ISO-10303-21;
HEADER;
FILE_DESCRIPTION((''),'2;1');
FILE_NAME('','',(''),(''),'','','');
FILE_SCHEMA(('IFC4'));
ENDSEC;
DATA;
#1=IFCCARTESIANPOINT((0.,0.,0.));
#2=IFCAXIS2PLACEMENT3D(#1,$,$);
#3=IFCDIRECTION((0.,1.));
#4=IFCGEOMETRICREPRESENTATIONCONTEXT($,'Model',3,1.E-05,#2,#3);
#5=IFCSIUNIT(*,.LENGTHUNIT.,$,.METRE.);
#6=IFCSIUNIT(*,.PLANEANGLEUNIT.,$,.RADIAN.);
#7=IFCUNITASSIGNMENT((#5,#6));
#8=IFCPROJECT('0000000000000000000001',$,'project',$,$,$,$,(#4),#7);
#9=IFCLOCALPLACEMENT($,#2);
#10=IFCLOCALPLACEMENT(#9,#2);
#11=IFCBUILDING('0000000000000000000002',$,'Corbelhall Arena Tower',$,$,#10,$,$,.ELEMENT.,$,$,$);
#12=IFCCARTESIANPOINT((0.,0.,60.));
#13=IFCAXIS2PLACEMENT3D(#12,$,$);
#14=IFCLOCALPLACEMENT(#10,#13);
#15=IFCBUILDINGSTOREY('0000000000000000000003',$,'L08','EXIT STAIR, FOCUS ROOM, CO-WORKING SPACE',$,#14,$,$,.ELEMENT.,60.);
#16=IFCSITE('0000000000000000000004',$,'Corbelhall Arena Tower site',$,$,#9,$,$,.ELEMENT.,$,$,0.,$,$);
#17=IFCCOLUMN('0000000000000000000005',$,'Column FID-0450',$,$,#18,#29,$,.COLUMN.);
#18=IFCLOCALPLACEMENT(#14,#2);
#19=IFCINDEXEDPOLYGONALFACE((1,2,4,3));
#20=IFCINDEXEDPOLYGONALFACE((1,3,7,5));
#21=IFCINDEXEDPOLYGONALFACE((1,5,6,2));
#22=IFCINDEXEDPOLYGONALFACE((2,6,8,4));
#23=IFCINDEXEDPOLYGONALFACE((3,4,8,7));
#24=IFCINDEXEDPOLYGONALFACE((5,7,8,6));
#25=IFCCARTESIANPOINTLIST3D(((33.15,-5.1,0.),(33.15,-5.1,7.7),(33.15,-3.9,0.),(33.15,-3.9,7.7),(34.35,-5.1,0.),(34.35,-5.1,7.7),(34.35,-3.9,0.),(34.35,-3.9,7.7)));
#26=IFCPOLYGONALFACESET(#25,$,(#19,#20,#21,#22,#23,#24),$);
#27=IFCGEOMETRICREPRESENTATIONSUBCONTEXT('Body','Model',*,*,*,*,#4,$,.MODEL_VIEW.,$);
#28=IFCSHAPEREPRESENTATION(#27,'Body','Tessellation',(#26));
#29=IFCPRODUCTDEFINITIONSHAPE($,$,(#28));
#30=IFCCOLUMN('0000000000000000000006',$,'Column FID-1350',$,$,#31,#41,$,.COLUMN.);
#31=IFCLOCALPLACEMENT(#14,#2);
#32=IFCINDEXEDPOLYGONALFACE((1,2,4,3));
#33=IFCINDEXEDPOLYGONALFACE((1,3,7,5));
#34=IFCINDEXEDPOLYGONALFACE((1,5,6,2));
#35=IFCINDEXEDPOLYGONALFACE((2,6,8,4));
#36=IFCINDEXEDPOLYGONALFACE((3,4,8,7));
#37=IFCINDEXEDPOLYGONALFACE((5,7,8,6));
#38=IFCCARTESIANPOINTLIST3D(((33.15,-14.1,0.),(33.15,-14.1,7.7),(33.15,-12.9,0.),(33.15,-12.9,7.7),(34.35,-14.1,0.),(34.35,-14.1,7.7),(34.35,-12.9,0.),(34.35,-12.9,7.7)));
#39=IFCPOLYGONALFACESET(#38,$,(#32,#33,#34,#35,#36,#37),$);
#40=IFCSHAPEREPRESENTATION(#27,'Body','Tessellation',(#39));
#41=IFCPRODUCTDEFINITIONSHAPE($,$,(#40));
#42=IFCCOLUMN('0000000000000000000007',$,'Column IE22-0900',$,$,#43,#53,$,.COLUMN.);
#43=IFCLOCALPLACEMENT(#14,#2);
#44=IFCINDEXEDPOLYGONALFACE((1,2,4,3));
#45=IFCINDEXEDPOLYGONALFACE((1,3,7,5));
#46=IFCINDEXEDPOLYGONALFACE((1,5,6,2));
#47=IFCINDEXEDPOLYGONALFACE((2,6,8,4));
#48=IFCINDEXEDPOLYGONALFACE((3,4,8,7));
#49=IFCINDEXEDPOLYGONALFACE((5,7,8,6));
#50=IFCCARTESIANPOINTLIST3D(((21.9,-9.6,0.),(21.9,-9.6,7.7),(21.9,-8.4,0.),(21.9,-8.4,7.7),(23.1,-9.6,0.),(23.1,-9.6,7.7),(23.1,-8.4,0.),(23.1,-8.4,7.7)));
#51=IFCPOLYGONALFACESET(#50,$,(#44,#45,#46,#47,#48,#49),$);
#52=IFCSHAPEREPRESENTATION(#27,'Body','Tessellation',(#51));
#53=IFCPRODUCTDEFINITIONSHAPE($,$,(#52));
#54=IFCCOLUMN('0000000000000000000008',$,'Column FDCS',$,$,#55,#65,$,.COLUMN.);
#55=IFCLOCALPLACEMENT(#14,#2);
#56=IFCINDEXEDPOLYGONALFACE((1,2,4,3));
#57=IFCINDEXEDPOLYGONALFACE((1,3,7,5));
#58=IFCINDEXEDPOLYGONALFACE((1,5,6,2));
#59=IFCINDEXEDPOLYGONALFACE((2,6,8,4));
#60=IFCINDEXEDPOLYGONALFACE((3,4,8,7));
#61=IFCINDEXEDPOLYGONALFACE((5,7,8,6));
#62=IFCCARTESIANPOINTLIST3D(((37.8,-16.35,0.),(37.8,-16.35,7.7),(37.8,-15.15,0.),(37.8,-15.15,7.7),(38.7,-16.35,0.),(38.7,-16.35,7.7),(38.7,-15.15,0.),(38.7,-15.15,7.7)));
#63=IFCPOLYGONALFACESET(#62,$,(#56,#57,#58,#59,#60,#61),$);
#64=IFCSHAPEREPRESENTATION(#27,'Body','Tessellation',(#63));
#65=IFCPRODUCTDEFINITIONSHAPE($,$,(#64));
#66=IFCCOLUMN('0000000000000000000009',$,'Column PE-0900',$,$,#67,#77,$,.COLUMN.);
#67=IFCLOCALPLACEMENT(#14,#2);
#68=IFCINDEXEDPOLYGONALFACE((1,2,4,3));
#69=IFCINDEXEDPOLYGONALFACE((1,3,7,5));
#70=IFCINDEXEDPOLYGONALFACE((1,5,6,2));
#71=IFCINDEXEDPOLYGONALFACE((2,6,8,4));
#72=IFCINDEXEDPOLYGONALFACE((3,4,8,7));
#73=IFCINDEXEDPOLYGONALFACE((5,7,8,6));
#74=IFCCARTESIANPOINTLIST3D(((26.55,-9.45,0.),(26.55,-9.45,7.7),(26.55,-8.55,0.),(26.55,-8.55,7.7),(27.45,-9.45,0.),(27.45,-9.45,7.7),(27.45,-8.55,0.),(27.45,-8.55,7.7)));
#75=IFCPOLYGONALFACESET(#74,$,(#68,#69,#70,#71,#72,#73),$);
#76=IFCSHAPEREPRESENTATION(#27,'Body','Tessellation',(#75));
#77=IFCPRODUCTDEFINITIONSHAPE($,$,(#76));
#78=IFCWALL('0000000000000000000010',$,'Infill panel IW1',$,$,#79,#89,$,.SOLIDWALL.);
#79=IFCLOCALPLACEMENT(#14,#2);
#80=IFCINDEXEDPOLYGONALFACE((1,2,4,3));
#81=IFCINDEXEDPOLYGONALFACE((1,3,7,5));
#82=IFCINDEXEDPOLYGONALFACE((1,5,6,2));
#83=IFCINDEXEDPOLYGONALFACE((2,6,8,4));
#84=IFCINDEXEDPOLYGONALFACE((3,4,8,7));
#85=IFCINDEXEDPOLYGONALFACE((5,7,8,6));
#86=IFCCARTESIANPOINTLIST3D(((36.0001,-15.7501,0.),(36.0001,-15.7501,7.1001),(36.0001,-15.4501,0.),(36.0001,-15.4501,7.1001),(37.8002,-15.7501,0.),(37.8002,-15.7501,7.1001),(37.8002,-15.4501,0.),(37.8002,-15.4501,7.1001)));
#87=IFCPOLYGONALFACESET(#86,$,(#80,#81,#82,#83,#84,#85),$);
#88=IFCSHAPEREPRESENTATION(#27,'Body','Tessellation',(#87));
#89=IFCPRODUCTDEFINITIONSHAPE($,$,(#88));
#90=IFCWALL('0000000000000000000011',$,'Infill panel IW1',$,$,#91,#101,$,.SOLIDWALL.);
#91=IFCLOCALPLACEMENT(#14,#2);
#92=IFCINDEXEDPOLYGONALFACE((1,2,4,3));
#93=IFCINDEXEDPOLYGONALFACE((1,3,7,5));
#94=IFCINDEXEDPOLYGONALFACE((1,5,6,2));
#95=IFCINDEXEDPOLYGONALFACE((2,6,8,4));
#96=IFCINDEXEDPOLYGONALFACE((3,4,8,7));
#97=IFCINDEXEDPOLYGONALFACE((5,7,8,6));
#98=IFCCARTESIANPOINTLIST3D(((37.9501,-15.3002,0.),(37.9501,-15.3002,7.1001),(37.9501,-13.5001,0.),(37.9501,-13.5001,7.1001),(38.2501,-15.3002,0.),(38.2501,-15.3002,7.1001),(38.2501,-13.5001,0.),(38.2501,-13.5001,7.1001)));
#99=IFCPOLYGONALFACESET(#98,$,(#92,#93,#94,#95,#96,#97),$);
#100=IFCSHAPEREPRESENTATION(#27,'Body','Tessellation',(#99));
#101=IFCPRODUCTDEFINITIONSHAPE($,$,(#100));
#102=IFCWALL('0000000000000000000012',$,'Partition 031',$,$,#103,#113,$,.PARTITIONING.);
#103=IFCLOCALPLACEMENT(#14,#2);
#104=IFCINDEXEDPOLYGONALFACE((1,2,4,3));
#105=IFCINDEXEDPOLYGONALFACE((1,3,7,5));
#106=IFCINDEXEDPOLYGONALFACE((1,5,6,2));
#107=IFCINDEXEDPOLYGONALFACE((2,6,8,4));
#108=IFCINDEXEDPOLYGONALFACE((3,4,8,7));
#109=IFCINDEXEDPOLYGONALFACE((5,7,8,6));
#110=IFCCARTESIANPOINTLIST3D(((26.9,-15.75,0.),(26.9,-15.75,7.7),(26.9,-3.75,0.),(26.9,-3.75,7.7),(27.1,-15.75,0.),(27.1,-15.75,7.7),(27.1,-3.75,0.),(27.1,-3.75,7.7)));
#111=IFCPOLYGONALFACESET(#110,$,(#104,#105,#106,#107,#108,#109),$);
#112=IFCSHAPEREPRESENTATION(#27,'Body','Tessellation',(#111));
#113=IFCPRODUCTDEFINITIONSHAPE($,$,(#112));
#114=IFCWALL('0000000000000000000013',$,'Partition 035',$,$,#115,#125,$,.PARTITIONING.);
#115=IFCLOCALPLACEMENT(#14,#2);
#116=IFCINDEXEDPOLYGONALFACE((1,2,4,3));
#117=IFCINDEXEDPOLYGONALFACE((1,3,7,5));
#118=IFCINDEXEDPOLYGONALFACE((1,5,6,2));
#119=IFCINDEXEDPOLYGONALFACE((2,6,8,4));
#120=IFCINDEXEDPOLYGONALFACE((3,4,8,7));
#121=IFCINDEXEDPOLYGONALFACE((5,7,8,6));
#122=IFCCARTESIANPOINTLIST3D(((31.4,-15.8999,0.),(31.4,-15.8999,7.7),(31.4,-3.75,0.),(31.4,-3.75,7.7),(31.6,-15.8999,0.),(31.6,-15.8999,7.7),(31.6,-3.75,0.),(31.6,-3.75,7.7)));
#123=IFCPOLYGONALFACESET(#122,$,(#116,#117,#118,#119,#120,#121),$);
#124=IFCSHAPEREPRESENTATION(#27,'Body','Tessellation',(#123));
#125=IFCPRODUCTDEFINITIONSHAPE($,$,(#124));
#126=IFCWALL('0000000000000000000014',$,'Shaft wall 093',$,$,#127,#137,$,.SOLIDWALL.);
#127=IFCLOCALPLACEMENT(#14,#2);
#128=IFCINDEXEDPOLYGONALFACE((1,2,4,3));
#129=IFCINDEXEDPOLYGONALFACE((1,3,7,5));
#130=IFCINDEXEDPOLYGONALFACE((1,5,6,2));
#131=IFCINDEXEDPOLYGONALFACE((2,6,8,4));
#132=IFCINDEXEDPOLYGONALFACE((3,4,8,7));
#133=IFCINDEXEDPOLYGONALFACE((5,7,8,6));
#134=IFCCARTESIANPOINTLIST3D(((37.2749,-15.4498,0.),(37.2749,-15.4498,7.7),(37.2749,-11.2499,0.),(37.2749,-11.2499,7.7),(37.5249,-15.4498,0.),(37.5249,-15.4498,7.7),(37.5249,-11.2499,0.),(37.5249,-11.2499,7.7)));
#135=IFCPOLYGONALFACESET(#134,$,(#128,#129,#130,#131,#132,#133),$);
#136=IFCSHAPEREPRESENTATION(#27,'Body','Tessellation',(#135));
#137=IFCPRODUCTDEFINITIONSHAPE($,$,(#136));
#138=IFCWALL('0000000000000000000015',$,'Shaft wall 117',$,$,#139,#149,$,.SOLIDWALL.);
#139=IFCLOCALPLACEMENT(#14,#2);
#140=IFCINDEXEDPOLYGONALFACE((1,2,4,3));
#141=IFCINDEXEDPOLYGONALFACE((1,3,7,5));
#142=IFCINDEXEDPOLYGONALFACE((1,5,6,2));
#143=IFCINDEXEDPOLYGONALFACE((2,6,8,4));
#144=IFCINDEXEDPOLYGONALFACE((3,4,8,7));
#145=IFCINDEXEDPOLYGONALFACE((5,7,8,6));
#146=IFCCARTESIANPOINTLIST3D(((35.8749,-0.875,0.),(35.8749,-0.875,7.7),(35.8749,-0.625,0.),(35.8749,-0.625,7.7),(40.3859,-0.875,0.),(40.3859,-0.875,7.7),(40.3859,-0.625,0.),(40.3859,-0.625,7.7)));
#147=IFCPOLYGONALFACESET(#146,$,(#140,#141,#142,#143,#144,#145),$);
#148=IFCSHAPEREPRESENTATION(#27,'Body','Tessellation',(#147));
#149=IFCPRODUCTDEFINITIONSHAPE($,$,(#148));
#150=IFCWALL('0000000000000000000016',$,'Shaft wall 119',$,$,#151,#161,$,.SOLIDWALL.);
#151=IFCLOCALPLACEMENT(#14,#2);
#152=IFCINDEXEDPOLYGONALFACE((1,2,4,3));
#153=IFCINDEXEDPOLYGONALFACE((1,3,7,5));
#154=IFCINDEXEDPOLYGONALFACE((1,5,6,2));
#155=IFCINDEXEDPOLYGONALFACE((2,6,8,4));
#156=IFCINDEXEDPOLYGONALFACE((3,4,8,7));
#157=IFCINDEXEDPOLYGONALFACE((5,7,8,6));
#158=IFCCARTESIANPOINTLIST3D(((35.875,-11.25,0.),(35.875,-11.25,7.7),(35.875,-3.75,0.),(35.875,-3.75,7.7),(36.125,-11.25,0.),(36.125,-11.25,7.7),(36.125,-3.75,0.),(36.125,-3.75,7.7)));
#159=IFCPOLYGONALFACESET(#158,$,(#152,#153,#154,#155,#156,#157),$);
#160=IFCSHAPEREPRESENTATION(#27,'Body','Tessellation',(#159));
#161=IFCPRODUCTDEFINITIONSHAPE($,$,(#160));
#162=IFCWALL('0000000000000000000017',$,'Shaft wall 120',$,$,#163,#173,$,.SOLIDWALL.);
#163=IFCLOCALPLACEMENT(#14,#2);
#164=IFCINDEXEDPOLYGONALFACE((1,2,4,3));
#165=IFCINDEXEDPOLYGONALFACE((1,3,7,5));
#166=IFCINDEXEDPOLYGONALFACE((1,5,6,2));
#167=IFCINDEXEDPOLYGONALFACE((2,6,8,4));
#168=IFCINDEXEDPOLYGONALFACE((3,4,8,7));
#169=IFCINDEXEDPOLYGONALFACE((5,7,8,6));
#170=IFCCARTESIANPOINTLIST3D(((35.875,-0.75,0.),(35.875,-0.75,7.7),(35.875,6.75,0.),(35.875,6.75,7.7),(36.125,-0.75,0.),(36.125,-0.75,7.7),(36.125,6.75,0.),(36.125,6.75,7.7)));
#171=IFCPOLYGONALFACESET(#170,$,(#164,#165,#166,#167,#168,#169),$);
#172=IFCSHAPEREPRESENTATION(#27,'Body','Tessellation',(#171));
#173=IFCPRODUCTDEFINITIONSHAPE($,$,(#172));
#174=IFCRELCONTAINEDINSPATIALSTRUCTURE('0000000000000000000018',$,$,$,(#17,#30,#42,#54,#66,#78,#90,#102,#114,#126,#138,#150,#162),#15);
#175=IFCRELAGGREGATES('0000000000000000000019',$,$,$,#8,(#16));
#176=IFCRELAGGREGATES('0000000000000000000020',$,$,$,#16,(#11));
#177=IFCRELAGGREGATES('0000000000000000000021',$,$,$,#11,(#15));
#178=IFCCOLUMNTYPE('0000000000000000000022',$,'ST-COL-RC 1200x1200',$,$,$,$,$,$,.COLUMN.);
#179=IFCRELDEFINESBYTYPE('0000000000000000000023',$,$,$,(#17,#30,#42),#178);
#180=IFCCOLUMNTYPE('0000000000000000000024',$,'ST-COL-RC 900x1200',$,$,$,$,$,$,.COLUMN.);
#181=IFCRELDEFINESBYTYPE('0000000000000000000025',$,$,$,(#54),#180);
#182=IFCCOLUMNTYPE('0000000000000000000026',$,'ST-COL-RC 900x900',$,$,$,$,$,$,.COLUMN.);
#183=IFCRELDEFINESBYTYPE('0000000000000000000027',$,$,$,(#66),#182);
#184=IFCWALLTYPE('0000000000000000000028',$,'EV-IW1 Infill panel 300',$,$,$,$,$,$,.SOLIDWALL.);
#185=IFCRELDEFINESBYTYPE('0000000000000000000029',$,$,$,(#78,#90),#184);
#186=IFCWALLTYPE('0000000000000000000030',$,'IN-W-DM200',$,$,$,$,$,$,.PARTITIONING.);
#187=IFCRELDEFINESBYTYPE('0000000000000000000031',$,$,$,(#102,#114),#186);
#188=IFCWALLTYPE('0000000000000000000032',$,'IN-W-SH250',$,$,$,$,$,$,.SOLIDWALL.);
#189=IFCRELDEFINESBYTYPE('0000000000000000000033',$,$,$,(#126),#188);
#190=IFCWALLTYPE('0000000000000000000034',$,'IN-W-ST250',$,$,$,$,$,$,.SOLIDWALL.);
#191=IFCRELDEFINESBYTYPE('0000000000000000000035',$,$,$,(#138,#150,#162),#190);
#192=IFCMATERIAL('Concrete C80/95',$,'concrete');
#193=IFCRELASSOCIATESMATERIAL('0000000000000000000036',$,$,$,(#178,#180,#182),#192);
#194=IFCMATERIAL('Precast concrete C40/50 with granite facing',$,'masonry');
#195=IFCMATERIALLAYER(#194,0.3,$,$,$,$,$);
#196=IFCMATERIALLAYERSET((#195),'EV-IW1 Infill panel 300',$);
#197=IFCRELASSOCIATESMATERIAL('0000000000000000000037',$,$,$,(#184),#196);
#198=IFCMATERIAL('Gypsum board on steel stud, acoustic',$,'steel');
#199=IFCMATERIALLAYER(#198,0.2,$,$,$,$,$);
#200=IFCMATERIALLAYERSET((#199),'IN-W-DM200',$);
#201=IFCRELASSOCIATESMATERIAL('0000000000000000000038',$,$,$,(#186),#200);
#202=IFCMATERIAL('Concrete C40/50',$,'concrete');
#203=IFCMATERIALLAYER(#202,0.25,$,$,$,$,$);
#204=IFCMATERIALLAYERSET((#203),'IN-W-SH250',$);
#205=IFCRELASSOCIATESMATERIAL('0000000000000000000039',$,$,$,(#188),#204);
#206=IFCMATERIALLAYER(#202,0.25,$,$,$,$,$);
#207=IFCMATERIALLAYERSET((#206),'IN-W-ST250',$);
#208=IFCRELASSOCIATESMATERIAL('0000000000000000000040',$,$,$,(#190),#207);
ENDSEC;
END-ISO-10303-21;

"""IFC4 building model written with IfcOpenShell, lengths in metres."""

from ifc_helpers import new_model, si_unit, direction, frame, frame_2d, origin, origin_2d, place, context, subcontext, project, spatial, rectangle, extrude, material, layer, layer_set, material_profile, profile_set, type_object, element, save


model = new_model("IFC4")

# Units and contexts
model_context = context("Model", 3, precision=1e-05, world=origin(), true_north=direction((0.0, 1.0)))
body_context = subcontext(model_context, "Body", "Model", "MODEL_VIEW")
ifc_project = project(units=[si_unit("LENGTHUNIT", "METRE"), si_unit("PLANEANGLEUNIT", "RADIAN")], contexts=[model_context])

# Site, building, storey
site_placement = place(None, origin())
site = spatial("IfcSite", under=ifc_project, at=site_placement, Name="Corbelhall Arena Tower site", CompositionType="ELEMENT", RefElevation=0.0)
building_placement = place(site_placement, origin())
building = spatial("IfcBuilding", under=site, at=building_placement, Name="Corbelhall Arena Tower", CompositionType="ELEMENT")
storey_placement = place(building_placement, frame((0.0, 0.0, 60.0)))
storey = spatial("IfcBuildingStorey", under=building, at=storey_placement, Name="L08", Description="EXIT STAIR, FOCUS ROOM, CO-WORKING SPACE", CompositionType="ELEMENT", Elevation=60.0)

# Columns
ifc_material_1 = material(Name="Concrete C80/95", Category="concrete")
ifc_material_profile_1 = material_profile(ifc_material_1, rectangle(XDim=1.2, YDim=1.2, at=origin_2d()))
ifc_profile_set_1 = profile_set([ifc_material_profile_1], Name="Concrete C80/95")
column_type_1 = type_object("IfcColumnType", Name="ST-COL-RC 1200x1200", PredefinedType="COLUMN", material=ifc_profile_set_1)
for number, where, z_axis, x_axis, name in (
    (1, (33.75, -4.5, 0.0), (0.0, 0.0, 1.0), (1.0, 0.0, 0.0), "Column FID-0450"),
    (2, (33.75, -13.5, 0.0), (0.0, 0.0, 1.0), (1.0, 0.0, 0.0), "Column FID-1350"),
    (3, (22.5, -9.0, 0.0), (0.0, 0.0, 1.0), (1.0, 0.0, 0.0), "Column IE22-0900"),
):
    element("IfcColumn", number, at=place(storey_placement, frame(where, z_axis=z_axis, x_axis=x_axis)), inside=storey, type_object=column_type_1, Name=name, PredefinedType="COLUMN", context=body_context, shape_type="SweptSolid", body=[
        extrude(rectangle(XDim=1.2, YDim=1.2, at=origin_2d()), origin(), (0.0, 0.0, 1.0), 7.7),
    ])
ifc_material_profile_2 = material_profile(ifc_material_1, rectangle(XDim=0.8999, YDim=1.2, at=origin_2d()))
ifc_profile_set_2 = profile_set([ifc_material_profile_2], Name="Concrete C80/95")
column_type_2 = type_object("IfcColumnType", Name="ST-COL-RC 900x1200", PredefinedType="COLUMN", material=ifc_profile_set_2)
column_1_placement = place(storey_placement, frame((38.25, -15.75, 0.0), z_axis=(0.0, 0.0, 1.0), x_axis=(1.0, 0.0, 0.0)))
element("IfcColumn", 4, at=column_1_placement, inside=storey, type_object=column_type_2, Name="Column FDCS", PredefinedType="COLUMN", context=body_context, shape_type="SweptSolid", body=[
    extrude(rectangle(XDim=0.8999, YDim=1.2, at=origin_2d()), origin(), (0.0, 0.0, 1.0), 7.7),
])
ifc_material_profile_3 = material_profile(ifc_material_1, rectangle(XDim=0.8999, YDim=0.8999, at=origin_2d()))
ifc_profile_set_3 = profile_set([ifc_material_profile_3], Name="Concrete C80/95")
column_type_3 = type_object("IfcColumnType", Name="ST-COL-RC 900x900", PredefinedType="COLUMN", material=ifc_profile_set_3)
column_2_placement = place(storey_placement, frame((27.0, -9.0, 0.0), z_axis=(0.0, 0.0, 1.0), x_axis=(1.0, 0.0, 0.0)))
element("IfcColumn", 5, at=column_2_placement, inside=storey, type_object=column_type_3, Name="Column PE-0900", PredefinedType="COLUMN", context=body_context, shape_type="SweptSolid", body=[
    extrude(rectangle(XDim=0.8999, YDim=0.8999, at=origin_2d()), origin(), (0.0, 0.0, 1.0), 7.7),
])

# Walls
ifc_material_2 = material(Name="Precast concrete C40/50 with granite facing", Category="masonry")
ifc_layer_1 = layer(ifc_material_2, 0.3)
ifc_layer_set_1 = layer_set([ifc_layer_1], Name="EV-IW1 Infill panel 300")
wall_type_1 = type_object("IfcWallType", Name="EV-IW1 Infill panel 300", PredefinedType="SOLIDWALL", material=ifc_layer_set_1)
for number, where, z_axis, x_axis, name in (
    (6, (37.8, -15.6001, 0.0), (0.0, 0.0, 1.0), (-1.0, 0.0, 0.0), "Infill panel IW1"),
    (7, (38.1001, -15.3, 0.0), (0.0, 0.0, 1.0), (0.0, 1.0, 0.0), "Infill panel IW1"),
):
    element("IfcWall", number, at=place(storey_placement, frame(where, z_axis=z_axis, x_axis=x_axis)), inside=storey, type_object=wall_type_1, Name=name, PredefinedType="SOLIDWALL", context=body_context, shape_type="SweptSolid", body=[
        extrude(rectangle(XDim=1.8, YDim=0.3, at=frame_2d((0.8999, 0.0))), origin(), (0.0, 0.0, 1.0), 7.1001),
    ])
ifc_material_3 = material(Name="Gypsum board on steel stud, acoustic", Category="steel")
ifc_layer_2 = layer(ifc_material_3, 0.2)
ifc_layer_set_2 = layer_set([ifc_layer_2], Name="IN-W-DM200")
wall_type_2 = type_object("IfcWallType", Name="IN-W-DM200", PredefinedType="PARTITIONING", material=ifc_layer_set_2)
wall_1_placement = place(storey_placement, frame((27.0, -3.75, 0.0), z_axis=(0.0, 0.0, 1.0), x_axis=(0.0, -1.0, 0.0)))
element("IfcWall", 8, at=wall_1_placement, inside=storey, type_object=wall_type_2, Name="Partition 031", PredefinedType="PARTITIONING", context=body_context, shape_type="SweptSolid", body=[
    extrude(rectangle(XDim=12.0, YDim=0.2, at=frame_2d((6.0, 0.0))), origin(), (0.0, 0.0, 1.0), 7.7),
])

# Walls
wall_2_placement = place(storey_placement, frame((31.5, -3.75, 0.0), z_axis=(0.0, 0.0, 1.0), x_axis=(0.0, -1.0, 0.0)))
element("IfcWall", 9, at=wall_2_placement, inside=storey, type_object=wall_type_2, Name="Partition 035", PredefinedType="PARTITIONING", context=body_context, shape_type="SweptSolid", body=[
    extrude(rectangle(XDim=12.1499, YDim=0.2, at=frame_2d((6.075, 0.0))), origin(), (0.0, 0.0, 1.0), 7.7),
])
ifc_material_4 = material(Name="Concrete C40/50", Category="concrete")
ifc_layer_3 = layer(ifc_material_4, 0.25)
ifc_layer_set_3 = layer_set([ifc_layer_3], Name="IN-W-SH250")
wall_type_3 = type_object("IfcWallType", Name="IN-W-SH250", PredefinedType="SOLIDWALL", material=ifc_layer_set_3)
wall_3_placement = place(storey_placement, frame((37.3999, -15.45, 0.0), z_axis=(0.0, 0.0, 1.0), x_axis=(0.0, 1.0, 0.0)))
element("IfcWall", 10, at=wall_3_placement, inside=storey, type_object=wall_type_3, Name="Shaft wall 093", PredefinedType="SOLIDWALL", context=body_context, shape_type="SweptSolid", body=[
    extrude(rectangle(XDim=4.2, YDim=0.25, at=frame_2d((2.1001, 0.0))), origin(), (0.0, 0.0, 1.0), 7.7),
])
ifc_layer_4 = layer(ifc_material_4, 0.25)
ifc_layer_set_4 = layer_set([ifc_layer_4], Name="IN-W-ST250")
wall_type_4 = type_object("IfcWallType", Name="IN-W-ST250", PredefinedType="SOLIDWALL", material=ifc_layer_set_4)
wall_4_placement = place(storey_placement, frame((35.875, -0.75, 0.0), z_axis=(0.0, 0.0, 1.0), x_axis=(1.0, 0.0, 0.0)))
element("IfcWall", 11, at=wall_4_placement, inside=storey, type_object=wall_type_4, Name="Shaft wall 117", PredefinedType="SOLIDWALL", context=body_context, shape_type="SweptSolid", body=[
    extrude(rectangle(XDim=4.511, YDim=0.25, at=frame_2d((2.2554, 0.0))), origin(), (0.0, 0.0, 1.0), 7.7),
])
for number, where, z_axis, x_axis, name in (
    (12, (36.0, -11.25, 0.0), (0.0, 0.0, 1.0), (0.0, 1.0, 0.0), "Shaft wall 119"),
    (13, (36.0, -0.75, 0.0), (0.0, 0.0, 1.0), (0.0, 1.0, 0.0), "Shaft wall 120"),
):
    element("IfcWall", number, at=place(storey_placement, frame(where, z_axis=z_axis, x_axis=x_axis)), inside=storey, type_object=wall_type_4, Name=name, PredefinedType="SOLIDWALL", context=body_context, shape_type="SweptSolid", body=[
        extrude(rectangle(XDim=7.5, YDim=0.25, at=frame_2d((3.75, 0.0))), origin(), (0.0, 0.0, 1.0), 7.7),
    ])

save(model, "model.ifc")
